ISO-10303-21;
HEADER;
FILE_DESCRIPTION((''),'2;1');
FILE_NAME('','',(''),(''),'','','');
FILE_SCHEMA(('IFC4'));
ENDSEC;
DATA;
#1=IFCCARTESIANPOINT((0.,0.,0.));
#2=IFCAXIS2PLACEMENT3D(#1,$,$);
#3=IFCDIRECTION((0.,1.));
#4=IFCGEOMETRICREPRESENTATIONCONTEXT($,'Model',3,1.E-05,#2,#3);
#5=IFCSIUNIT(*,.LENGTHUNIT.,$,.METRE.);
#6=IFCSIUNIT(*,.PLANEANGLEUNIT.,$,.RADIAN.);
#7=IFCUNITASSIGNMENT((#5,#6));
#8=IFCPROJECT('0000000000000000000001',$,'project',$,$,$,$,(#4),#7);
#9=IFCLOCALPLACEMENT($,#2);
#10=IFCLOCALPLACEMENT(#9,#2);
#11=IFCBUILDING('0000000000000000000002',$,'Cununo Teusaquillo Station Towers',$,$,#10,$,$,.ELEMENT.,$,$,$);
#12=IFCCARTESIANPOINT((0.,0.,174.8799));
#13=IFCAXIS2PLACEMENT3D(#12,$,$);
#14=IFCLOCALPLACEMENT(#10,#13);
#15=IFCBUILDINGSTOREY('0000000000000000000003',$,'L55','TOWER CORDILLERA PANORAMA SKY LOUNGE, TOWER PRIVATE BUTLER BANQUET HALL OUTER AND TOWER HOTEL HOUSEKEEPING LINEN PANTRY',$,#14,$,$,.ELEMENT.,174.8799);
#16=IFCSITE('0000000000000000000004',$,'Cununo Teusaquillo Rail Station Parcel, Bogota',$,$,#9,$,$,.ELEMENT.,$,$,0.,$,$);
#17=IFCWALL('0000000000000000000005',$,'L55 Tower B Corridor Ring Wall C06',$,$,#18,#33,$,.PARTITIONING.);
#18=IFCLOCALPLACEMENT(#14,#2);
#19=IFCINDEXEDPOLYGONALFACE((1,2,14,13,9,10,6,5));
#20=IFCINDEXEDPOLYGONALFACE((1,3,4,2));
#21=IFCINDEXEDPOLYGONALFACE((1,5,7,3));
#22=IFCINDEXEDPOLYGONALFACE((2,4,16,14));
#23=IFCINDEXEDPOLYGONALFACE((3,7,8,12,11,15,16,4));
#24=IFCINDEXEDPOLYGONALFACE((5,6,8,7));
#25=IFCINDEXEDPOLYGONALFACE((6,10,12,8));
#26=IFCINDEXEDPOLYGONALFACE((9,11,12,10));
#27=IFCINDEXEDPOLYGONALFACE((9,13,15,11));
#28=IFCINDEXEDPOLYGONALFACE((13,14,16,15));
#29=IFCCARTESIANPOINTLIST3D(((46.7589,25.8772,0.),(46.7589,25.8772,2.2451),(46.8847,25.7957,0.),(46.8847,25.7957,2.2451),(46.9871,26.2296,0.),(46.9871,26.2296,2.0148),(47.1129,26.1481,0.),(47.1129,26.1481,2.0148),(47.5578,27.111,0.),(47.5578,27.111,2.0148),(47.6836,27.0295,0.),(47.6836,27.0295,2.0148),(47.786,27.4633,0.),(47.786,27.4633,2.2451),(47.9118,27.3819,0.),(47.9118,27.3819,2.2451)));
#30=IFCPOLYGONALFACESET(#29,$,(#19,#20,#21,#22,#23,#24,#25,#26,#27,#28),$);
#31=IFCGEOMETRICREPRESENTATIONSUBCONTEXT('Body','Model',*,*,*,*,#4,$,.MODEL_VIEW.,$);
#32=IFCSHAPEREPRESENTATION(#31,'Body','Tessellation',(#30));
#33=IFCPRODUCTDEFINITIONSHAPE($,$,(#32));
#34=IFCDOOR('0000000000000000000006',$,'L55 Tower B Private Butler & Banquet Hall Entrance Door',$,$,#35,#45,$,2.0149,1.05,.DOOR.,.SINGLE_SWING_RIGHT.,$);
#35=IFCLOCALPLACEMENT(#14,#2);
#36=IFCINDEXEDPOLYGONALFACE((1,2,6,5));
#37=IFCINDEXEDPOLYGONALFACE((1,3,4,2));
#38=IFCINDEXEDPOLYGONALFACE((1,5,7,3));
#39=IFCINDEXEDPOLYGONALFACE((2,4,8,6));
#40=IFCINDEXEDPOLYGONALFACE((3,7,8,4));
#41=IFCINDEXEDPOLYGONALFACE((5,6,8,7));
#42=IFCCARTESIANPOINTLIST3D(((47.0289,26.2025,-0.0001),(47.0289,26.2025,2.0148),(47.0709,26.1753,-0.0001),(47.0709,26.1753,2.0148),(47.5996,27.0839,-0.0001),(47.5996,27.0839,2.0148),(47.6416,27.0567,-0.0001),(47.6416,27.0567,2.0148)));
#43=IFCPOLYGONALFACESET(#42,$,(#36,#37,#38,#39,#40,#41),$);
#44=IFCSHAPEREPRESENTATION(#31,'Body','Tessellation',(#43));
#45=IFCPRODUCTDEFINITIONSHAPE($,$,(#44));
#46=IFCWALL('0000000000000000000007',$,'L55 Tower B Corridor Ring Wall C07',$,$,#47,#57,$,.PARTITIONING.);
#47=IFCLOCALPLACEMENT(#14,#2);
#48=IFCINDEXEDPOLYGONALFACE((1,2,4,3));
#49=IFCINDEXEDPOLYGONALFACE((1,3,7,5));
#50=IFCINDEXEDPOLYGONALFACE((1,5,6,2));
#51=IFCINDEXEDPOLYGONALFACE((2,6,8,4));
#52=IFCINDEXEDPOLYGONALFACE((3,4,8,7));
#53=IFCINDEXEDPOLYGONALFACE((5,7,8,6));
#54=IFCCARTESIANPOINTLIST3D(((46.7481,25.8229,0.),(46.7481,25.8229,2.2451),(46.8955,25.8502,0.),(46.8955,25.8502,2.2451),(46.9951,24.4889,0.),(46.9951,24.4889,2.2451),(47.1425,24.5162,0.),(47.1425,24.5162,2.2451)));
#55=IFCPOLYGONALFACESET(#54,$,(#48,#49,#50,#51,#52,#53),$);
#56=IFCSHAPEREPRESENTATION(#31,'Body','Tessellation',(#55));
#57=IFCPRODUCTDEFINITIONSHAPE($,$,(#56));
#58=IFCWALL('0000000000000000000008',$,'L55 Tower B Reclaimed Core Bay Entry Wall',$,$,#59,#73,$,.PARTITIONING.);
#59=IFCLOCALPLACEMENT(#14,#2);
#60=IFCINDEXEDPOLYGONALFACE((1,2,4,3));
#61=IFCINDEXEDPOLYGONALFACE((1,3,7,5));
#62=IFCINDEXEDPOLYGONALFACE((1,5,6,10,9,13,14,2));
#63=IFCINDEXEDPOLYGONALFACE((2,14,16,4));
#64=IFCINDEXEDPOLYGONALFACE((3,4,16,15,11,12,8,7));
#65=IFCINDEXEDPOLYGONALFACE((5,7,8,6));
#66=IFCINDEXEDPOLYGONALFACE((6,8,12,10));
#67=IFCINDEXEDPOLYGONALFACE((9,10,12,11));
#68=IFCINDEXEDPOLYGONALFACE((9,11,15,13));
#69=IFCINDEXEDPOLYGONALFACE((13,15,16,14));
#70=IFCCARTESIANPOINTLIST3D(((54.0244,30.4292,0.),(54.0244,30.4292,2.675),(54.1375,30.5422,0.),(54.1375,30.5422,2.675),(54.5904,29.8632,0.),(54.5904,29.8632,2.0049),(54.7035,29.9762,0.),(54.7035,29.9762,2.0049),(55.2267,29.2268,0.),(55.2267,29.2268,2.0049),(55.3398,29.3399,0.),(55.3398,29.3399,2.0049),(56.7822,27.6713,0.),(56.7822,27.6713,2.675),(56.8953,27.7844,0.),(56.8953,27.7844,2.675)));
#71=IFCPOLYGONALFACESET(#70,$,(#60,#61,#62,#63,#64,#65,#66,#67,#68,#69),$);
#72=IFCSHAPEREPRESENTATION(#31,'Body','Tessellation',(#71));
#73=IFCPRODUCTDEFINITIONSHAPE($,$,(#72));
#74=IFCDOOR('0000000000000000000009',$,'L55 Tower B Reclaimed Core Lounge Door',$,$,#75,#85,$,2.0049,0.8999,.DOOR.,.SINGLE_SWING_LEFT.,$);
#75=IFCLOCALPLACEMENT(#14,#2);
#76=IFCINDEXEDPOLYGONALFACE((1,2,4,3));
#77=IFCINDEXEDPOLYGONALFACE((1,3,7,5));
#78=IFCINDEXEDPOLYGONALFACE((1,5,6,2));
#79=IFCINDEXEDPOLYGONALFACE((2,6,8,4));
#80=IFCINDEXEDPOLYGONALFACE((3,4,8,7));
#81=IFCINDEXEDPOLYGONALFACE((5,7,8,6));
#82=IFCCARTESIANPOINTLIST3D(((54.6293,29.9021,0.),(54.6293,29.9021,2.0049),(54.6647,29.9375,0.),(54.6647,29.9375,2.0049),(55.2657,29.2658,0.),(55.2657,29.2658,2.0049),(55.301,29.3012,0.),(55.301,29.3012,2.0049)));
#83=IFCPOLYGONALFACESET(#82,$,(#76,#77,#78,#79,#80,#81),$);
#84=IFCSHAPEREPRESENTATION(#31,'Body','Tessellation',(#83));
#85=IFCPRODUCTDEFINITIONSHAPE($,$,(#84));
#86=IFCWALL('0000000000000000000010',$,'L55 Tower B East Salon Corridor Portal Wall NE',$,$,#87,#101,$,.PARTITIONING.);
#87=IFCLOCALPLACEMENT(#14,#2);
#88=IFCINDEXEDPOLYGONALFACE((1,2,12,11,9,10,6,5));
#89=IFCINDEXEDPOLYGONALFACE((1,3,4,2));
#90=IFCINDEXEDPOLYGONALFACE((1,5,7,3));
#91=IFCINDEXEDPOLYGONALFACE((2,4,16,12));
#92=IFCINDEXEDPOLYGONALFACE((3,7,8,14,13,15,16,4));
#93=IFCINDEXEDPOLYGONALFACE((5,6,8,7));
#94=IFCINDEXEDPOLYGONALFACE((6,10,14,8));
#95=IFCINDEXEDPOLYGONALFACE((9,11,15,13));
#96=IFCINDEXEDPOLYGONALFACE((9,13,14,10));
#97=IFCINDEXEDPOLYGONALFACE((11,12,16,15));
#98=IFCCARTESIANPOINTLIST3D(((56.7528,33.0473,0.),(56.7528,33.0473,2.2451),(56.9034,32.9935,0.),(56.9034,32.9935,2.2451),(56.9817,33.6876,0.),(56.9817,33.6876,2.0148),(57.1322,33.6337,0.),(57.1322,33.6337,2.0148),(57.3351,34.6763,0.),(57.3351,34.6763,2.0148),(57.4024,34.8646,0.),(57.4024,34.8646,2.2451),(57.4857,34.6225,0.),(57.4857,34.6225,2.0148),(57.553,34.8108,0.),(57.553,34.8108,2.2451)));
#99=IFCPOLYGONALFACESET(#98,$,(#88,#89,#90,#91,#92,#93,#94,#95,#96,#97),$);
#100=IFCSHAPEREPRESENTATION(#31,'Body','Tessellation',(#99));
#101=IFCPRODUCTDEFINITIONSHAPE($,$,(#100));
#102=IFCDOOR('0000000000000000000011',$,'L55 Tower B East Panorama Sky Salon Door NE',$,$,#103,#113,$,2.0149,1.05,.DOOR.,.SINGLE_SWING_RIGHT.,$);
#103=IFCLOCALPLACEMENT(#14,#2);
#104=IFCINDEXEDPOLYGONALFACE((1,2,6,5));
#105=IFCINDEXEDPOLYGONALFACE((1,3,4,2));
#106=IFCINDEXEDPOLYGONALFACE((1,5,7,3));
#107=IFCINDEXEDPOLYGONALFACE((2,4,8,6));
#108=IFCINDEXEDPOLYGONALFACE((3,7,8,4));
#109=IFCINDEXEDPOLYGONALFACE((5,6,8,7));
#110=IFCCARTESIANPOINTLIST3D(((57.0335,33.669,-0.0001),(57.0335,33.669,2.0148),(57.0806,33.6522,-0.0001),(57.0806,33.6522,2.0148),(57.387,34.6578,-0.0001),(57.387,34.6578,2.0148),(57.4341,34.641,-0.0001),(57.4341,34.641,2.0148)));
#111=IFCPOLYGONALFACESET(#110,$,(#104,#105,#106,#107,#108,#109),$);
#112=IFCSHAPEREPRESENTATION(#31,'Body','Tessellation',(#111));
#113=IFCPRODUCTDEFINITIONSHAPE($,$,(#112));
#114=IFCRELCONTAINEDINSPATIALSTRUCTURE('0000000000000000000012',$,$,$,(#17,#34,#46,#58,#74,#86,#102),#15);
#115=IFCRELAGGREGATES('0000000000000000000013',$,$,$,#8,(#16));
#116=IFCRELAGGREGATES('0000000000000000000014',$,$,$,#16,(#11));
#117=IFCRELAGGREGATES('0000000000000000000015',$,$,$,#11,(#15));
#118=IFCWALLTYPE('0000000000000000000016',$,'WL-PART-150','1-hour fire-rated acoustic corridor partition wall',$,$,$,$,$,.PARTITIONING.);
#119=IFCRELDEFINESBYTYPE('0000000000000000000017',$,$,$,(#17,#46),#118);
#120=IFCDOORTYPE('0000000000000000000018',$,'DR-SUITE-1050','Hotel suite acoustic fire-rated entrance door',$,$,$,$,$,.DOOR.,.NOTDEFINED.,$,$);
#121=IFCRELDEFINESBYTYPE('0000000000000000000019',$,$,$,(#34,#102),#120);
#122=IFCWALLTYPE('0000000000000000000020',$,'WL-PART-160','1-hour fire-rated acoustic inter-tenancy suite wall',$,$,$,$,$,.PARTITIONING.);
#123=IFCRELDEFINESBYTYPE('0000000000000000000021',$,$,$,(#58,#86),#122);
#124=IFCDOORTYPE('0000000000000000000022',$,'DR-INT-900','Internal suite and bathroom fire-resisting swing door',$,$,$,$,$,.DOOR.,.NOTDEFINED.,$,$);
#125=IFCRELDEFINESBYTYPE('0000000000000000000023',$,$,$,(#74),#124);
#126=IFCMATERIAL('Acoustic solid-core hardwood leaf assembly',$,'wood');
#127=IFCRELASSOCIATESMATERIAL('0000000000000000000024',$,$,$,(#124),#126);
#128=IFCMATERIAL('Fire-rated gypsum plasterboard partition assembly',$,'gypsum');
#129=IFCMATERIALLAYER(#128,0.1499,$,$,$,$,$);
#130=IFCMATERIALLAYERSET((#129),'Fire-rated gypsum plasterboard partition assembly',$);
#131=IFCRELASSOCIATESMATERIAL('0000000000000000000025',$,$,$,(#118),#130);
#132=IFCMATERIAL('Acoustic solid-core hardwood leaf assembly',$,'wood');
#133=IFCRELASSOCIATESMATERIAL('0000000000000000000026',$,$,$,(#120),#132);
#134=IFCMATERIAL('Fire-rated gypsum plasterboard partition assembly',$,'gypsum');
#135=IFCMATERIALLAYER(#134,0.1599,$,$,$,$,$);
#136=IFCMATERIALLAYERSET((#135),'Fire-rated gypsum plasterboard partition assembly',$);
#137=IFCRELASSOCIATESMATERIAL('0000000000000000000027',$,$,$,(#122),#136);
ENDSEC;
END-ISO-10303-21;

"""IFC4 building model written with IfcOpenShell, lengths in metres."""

from ifc_helpers import new_model, si_unit, direction, frame, frame_2d, origin, place, context, subcontext, project, spatial, rectangle, extrude, source, transform, mapped, material, layer, layer_set, type_object, element, fill, save


model = new_model("IFC4")

# Units and contexts
model_context = context("Model", 3, precision=1e-05, world=origin(), true_north=direction((0.0, 1.0)))
body_context = subcontext(model_context, "Body", "Model", "MODEL_VIEW")
ifc_project = project(units=[si_unit("LENGTHUNIT", "METRE"), si_unit("PLANEANGLEUNIT", "RADIAN")], contexts=[model_context])

# Site, building, storey
site_placement = place(None, origin())
site = spatial("IfcSite", under=ifc_project, at=site_placement, Name="Cununo Teusaquillo Rail Station Parcel, Bogota", CompositionType="ELEMENT", RefElevation=0.0)
building_placement = place(site_placement, origin())
building = spatial("IfcBuilding", under=site, at=building_placement, Name="Cununo Teusaquillo Station Towers", CompositionType="ELEMENT")
storey_placement = place(building_placement, frame((0.0, 0.0, 174.8799)))
storey = spatial("IfcBuildingStorey", under=building, at=storey_placement, Name="L55", Description="TOWER CORDILLERA PANORAMA SKY LOUNGE, TOWER PRIVATE BUTLER BANQUET HALL OUTER AND TOWER HOTEL HOUSEKEEPING LINEN PANTRY", CompositionType="ELEMENT", Elevation=174.8799)

# Shared definitions
ifc_material_1 = material(Name="Acoustic solid-core hardwood leaf assembly", Category="wood")
door_type_1 = type_object("IfcDoorType", Name="DR-INT-900", Description="Internal suite and bathroom fire-resisting swing door", OperationType="NOTDEFINED", PredefinedType="DOOR", material=ifc_material_1)
shared_shape_1 = source(origin(), body_context, "Body", "SweptSolid", [
    extrude(rectangle(XDim=0.8999, YDim=2.0049, at=frame_2d((0.45, 1.0024))), frame((0.0, 0.0249, 0.0), z_axis=(0.0, -1.0, 0.0), x_axis=(1.0, 0.0, 0.0)), (0.0, 0.0, 1.0), 0.05),
])

# Shared definitions
ifc_material_2 = material(Name="Fire-rated gypsum plasterboard partition assembly", Category="gypsum")
ifc_layer_1 = layer(ifc_material_2, 0.1499)
ifc_layer_set_1 = layer_set([ifc_layer_1], Name="Fire-rated gypsum plasterboard partition assembly")
wall_type_1 = type_object("IfcWallType", Name="WL-PART-150", Description="1-hour fire-rated acoustic corridor partition wall", PredefinedType="PARTITIONING", material=ifc_layer_set_1)

# Wall, opening, door
wall_1_placement = place(storey_placement, frame((47.8489, 27.4226, 0.0), z_axis=(0.0, 0.0, 1.0), x_axis=(-0.54353, -0.83939, 0.0)))
wall_1 = element("IfcWall", 1, at=wall_1_placement, inside=storey, type_object=wall_type_1, Name="L55 Tower B Corridor Ring Wall C06", PredefinedType="PARTITIONING", context=body_context, shape_type="SweptSolid", body=[
    extrude(rectangle(XDim=1.8896, YDim=0.1499, at=frame_2d((0.9448, 0.0))), origin(), (0.0, 0.0, 1.0), 2.2451),
])
shared_shape_2 = source(origin(), body_context, "Body", "SweptSolid", [
    extrude(rectangle(XDim=1.05, YDim=2.0149, at=frame_2d((0.5249, 1.0073))), frame((0.0, 0.085, 0.0), z_axis=(0.0, -1.0, 0.0), x_axis=(1.0, 0.0, 0.0)), (0.0, 0.0, 1.0), 0.1699),
])
opening_1_placement = place(wall_1_placement, frame((0.4199, 0.0, 0.0)))
opening_1 = element("IfcOpeningElement", 2, at=opening_1_placement, cuts=wall_1, PredefinedType="OPENING", context=body_context, shape_type="MappedRepresentation", body=[
    mapped(shared_shape_2, transform((0.0, 0.0, 0.0), x_axis=(1.0, 0.0, 0.0), y_axis=(0.0, 1.0, 0.0), z_axis=(0.0, 0.0, 1.0), scale=1.0)),
])
ifc_material_3 = material(Name="Acoustic solid-core hardwood leaf assembly", Category="wood")
door_type_2 = type_object("IfcDoorType", Name="DR-SUITE-1050", Description="Hotel suite acoustic fire-rated entrance door", OperationType="NOTDEFINED", PredefinedType="DOOR", material=ifc_material_3)
shared_shape_3 = source(origin(), body_context, "Body", "SweptSolid", [
    extrude(rectangle(XDim=1.05, YDim=2.0149, at=frame_2d((0.5249, 1.0073))), frame((0.0, 0.0249, 0.0), z_axis=(0.0, -1.0, 0.0), x_axis=(1.0, 0.0, 0.0)), (0.0, 0.0, 1.0), 0.05),
])
door_1_placement = place(opening_1_placement, origin())
door_1 = element("IfcDoor", 3, at=door_1_placement, inside=storey, type_object=door_type_2, Name="L55 Tower B Private Butler & Banquet Hall Entrance Door", OperationType="SINGLE_SWING_RIGHT", OverallHeight=2.0149, OverallWidth=1.05, PredefinedType="DOOR", context=body_context, shape_type="MappedRepresentation", body=[
    mapped(shared_shape_3, transform((0.0, 0.0, 0.0), x_axis=(1.0, 0.0, 0.0), y_axis=(0.0, 1.0, 0.0), z_axis=(0.0, 0.0, 1.0), scale=1.0)),
])
fill(opening_1, door_1)

# Wall
wall_2_placement = place(storey_placement, frame((46.8218, 25.8364, 0.0), z_axis=(0.0, 0.0, 1.0), x_axis=(0.182115, -0.983277, 0.0)))
element("IfcWall", 4, at=wall_2_placement, inside=storey, type_object=wall_type_1, Name="L55 Tower B Corridor Ring Wall C07", PredefinedType="PARTITIONING", context=body_context, shape_type="SweptSolid", body=[
    extrude(rectangle(XDim=1.3567, YDim=0.1499, at=frame_2d((0.6782, 0.0))), origin(), (0.0, 0.0, 1.0), 2.2451),
])

# Walls, openings, doors
ifc_material_4 = material(Name="Fire-rated gypsum plasterboard partition assembly", Category="gypsum")
ifc_layer_2 = layer(ifc_material_4, 0.1599)
ifc_layer_set_2 = layer_set([ifc_layer_2], Name="Fire-rated gypsum plasterboard partition assembly")
wall_type_2 = type_object("IfcWallType", Name="WL-PART-160", Description="1-hour fire-rated acoustic inter-tenancy suite wall", PredefinedType="PARTITIONING", material=ifc_layer_set_2)
wall_3_placement = place(storey_placement, frame((56.8389, 27.7278, 0.0), z_axis=(0.0, 0.0, 1.0), x_axis=(-0.707107, 0.707107, 0.0)))
wall_3 = element("IfcWall", 5, at=wall_3_placement, inside=storey, type_object=wall_type_2, Name="L55 Tower B Reclaimed Core Bay Entry Wall", PredefinedType="PARTITIONING", context=body_context, shape_type="SweptSolid", body=[
    extrude(rectangle(XDim=3.9001, YDim=0.1599, at=frame_2d((1.9502, 0.0))), origin(), (0.0, 0.0, 1.0), 2.675),
])
shared_shape_4 = source(origin(), body_context, "Body", "SweptSolid", [
    extrude(rectangle(XDim=0.8999, YDim=2.0049, at=frame_2d((0.45, 1.0024))), frame((0.0, 0.0898, 0.0), z_axis=(0.0, -1.0, 0.0), x_axis=(1.0, 0.0, 0.0)), (0.0, 0.0, 1.0), 0.1799),
])
opening_2_placement = place(wall_3_placement, frame((2.2, 0.0, 0.0)))
opening_2 = element("IfcOpeningElement", 6, at=opening_2_placement, cuts=wall_3, PredefinedType="OPENING", context=body_context, shape_type="MappedRepresentation", body=[
    mapped(shared_shape_4, transform((0.0, 0.0, 0.0), x_axis=(1.0, 0.0, 0.0), y_axis=(0.0, 1.0, 0.0), z_axis=(0.0, 0.0, 1.0), scale=1.0)),
])
door_2_placement = place(opening_2_placement, origin())
door_2 = element("IfcDoor", 7, at=door_2_placement, inside=storey, type_object=door_type_1, Name="L55 Tower B Reclaimed Core Lounge Door", OperationType="SINGLE_SWING_LEFT", OverallHeight=2.0049, OverallWidth=0.8999, PredefinedType="DOOR", context=body_context, shape_type="MappedRepresentation", body=[
    mapped(shared_shape_1, transform((0.0, 0.0, 0.0), x_axis=(1.0, 0.0, 0.0), y_axis=(0.0, 1.0, 0.0), z_axis=(0.0, 0.0, 1.0), scale=1.0)),
])
fill(opening_2, door_2)
wall_4_placement = place(storey_placement, frame((56.8281, 33.0205, 0.0), z_axis=(0.0, 0.0, 1.0), x_axis=(0.336609, 0.941645, 0.0)))
wall_4 = element("IfcWall", 8, at=wall_4_placement, inside=storey, type_object=wall_type_2, Name="L55 Tower B East Salon Corridor Portal Wall NE", PredefinedType="PARTITIONING", context=body_context, shape_type="SweptSolid", body=[
    extrude(rectangle(XDim=1.9299, YDim=0.1599, at=frame_2d((0.9648, 0.0))), origin(), (0.0, 0.0, 1.0), 2.2451),
])
shared_shape_5 = source(origin(), body_context, "Body", "SweptSolid", [
    extrude(rectangle(XDim=1.05, YDim=2.0149, at=frame_2d((0.5249, 1.0073))), frame((0.0, 0.0898, 0.0), z_axis=(0.0, -1.0, 0.0), x_axis=(1.0, 0.0, 0.0)), (0.0, 0.0, 1.0), 0.1799),
])
opening_3_placement = place(wall_4_placement, frame((0.6799, 0.0, 0.0)))
opening_3 = element("IfcOpeningElement", 9, at=opening_3_placement, cuts=wall_4, PredefinedType="OPENING", context=body_context, shape_type="MappedRepresentation", body=[
    mapped(shared_shape_5, transform((0.0, 0.0, 0.0), x_axis=(1.0, 0.0, 0.0), y_axis=(0.0, 1.0, 0.0), z_axis=(0.0, 0.0, 1.0), scale=1.0)),
])
door_3_placement = place(opening_3_placement, origin())
door_3 = element("IfcDoor", 10, at=door_3_placement, inside=storey, type_object=door_type_2, Name="L55 Tower B East Panorama Sky Salon Door NE", OperationType="SINGLE_SWING_RIGHT", OverallHeight=2.0149, OverallWidth=1.05, PredefinedType="DOOR", context=body_context, shape_type="MappedRepresentation", body=[
    mapped(shared_shape_3, transform((0.0, 0.0, 0.0), x_axis=(1.0, 0.0, 0.0), y_axis=(0.0, 1.0, 0.0), z_axis=(0.0, 0.0, 1.0), scale=1.0)),
])
fill(opening_3, door_3)

save(model, "model.ifc")
